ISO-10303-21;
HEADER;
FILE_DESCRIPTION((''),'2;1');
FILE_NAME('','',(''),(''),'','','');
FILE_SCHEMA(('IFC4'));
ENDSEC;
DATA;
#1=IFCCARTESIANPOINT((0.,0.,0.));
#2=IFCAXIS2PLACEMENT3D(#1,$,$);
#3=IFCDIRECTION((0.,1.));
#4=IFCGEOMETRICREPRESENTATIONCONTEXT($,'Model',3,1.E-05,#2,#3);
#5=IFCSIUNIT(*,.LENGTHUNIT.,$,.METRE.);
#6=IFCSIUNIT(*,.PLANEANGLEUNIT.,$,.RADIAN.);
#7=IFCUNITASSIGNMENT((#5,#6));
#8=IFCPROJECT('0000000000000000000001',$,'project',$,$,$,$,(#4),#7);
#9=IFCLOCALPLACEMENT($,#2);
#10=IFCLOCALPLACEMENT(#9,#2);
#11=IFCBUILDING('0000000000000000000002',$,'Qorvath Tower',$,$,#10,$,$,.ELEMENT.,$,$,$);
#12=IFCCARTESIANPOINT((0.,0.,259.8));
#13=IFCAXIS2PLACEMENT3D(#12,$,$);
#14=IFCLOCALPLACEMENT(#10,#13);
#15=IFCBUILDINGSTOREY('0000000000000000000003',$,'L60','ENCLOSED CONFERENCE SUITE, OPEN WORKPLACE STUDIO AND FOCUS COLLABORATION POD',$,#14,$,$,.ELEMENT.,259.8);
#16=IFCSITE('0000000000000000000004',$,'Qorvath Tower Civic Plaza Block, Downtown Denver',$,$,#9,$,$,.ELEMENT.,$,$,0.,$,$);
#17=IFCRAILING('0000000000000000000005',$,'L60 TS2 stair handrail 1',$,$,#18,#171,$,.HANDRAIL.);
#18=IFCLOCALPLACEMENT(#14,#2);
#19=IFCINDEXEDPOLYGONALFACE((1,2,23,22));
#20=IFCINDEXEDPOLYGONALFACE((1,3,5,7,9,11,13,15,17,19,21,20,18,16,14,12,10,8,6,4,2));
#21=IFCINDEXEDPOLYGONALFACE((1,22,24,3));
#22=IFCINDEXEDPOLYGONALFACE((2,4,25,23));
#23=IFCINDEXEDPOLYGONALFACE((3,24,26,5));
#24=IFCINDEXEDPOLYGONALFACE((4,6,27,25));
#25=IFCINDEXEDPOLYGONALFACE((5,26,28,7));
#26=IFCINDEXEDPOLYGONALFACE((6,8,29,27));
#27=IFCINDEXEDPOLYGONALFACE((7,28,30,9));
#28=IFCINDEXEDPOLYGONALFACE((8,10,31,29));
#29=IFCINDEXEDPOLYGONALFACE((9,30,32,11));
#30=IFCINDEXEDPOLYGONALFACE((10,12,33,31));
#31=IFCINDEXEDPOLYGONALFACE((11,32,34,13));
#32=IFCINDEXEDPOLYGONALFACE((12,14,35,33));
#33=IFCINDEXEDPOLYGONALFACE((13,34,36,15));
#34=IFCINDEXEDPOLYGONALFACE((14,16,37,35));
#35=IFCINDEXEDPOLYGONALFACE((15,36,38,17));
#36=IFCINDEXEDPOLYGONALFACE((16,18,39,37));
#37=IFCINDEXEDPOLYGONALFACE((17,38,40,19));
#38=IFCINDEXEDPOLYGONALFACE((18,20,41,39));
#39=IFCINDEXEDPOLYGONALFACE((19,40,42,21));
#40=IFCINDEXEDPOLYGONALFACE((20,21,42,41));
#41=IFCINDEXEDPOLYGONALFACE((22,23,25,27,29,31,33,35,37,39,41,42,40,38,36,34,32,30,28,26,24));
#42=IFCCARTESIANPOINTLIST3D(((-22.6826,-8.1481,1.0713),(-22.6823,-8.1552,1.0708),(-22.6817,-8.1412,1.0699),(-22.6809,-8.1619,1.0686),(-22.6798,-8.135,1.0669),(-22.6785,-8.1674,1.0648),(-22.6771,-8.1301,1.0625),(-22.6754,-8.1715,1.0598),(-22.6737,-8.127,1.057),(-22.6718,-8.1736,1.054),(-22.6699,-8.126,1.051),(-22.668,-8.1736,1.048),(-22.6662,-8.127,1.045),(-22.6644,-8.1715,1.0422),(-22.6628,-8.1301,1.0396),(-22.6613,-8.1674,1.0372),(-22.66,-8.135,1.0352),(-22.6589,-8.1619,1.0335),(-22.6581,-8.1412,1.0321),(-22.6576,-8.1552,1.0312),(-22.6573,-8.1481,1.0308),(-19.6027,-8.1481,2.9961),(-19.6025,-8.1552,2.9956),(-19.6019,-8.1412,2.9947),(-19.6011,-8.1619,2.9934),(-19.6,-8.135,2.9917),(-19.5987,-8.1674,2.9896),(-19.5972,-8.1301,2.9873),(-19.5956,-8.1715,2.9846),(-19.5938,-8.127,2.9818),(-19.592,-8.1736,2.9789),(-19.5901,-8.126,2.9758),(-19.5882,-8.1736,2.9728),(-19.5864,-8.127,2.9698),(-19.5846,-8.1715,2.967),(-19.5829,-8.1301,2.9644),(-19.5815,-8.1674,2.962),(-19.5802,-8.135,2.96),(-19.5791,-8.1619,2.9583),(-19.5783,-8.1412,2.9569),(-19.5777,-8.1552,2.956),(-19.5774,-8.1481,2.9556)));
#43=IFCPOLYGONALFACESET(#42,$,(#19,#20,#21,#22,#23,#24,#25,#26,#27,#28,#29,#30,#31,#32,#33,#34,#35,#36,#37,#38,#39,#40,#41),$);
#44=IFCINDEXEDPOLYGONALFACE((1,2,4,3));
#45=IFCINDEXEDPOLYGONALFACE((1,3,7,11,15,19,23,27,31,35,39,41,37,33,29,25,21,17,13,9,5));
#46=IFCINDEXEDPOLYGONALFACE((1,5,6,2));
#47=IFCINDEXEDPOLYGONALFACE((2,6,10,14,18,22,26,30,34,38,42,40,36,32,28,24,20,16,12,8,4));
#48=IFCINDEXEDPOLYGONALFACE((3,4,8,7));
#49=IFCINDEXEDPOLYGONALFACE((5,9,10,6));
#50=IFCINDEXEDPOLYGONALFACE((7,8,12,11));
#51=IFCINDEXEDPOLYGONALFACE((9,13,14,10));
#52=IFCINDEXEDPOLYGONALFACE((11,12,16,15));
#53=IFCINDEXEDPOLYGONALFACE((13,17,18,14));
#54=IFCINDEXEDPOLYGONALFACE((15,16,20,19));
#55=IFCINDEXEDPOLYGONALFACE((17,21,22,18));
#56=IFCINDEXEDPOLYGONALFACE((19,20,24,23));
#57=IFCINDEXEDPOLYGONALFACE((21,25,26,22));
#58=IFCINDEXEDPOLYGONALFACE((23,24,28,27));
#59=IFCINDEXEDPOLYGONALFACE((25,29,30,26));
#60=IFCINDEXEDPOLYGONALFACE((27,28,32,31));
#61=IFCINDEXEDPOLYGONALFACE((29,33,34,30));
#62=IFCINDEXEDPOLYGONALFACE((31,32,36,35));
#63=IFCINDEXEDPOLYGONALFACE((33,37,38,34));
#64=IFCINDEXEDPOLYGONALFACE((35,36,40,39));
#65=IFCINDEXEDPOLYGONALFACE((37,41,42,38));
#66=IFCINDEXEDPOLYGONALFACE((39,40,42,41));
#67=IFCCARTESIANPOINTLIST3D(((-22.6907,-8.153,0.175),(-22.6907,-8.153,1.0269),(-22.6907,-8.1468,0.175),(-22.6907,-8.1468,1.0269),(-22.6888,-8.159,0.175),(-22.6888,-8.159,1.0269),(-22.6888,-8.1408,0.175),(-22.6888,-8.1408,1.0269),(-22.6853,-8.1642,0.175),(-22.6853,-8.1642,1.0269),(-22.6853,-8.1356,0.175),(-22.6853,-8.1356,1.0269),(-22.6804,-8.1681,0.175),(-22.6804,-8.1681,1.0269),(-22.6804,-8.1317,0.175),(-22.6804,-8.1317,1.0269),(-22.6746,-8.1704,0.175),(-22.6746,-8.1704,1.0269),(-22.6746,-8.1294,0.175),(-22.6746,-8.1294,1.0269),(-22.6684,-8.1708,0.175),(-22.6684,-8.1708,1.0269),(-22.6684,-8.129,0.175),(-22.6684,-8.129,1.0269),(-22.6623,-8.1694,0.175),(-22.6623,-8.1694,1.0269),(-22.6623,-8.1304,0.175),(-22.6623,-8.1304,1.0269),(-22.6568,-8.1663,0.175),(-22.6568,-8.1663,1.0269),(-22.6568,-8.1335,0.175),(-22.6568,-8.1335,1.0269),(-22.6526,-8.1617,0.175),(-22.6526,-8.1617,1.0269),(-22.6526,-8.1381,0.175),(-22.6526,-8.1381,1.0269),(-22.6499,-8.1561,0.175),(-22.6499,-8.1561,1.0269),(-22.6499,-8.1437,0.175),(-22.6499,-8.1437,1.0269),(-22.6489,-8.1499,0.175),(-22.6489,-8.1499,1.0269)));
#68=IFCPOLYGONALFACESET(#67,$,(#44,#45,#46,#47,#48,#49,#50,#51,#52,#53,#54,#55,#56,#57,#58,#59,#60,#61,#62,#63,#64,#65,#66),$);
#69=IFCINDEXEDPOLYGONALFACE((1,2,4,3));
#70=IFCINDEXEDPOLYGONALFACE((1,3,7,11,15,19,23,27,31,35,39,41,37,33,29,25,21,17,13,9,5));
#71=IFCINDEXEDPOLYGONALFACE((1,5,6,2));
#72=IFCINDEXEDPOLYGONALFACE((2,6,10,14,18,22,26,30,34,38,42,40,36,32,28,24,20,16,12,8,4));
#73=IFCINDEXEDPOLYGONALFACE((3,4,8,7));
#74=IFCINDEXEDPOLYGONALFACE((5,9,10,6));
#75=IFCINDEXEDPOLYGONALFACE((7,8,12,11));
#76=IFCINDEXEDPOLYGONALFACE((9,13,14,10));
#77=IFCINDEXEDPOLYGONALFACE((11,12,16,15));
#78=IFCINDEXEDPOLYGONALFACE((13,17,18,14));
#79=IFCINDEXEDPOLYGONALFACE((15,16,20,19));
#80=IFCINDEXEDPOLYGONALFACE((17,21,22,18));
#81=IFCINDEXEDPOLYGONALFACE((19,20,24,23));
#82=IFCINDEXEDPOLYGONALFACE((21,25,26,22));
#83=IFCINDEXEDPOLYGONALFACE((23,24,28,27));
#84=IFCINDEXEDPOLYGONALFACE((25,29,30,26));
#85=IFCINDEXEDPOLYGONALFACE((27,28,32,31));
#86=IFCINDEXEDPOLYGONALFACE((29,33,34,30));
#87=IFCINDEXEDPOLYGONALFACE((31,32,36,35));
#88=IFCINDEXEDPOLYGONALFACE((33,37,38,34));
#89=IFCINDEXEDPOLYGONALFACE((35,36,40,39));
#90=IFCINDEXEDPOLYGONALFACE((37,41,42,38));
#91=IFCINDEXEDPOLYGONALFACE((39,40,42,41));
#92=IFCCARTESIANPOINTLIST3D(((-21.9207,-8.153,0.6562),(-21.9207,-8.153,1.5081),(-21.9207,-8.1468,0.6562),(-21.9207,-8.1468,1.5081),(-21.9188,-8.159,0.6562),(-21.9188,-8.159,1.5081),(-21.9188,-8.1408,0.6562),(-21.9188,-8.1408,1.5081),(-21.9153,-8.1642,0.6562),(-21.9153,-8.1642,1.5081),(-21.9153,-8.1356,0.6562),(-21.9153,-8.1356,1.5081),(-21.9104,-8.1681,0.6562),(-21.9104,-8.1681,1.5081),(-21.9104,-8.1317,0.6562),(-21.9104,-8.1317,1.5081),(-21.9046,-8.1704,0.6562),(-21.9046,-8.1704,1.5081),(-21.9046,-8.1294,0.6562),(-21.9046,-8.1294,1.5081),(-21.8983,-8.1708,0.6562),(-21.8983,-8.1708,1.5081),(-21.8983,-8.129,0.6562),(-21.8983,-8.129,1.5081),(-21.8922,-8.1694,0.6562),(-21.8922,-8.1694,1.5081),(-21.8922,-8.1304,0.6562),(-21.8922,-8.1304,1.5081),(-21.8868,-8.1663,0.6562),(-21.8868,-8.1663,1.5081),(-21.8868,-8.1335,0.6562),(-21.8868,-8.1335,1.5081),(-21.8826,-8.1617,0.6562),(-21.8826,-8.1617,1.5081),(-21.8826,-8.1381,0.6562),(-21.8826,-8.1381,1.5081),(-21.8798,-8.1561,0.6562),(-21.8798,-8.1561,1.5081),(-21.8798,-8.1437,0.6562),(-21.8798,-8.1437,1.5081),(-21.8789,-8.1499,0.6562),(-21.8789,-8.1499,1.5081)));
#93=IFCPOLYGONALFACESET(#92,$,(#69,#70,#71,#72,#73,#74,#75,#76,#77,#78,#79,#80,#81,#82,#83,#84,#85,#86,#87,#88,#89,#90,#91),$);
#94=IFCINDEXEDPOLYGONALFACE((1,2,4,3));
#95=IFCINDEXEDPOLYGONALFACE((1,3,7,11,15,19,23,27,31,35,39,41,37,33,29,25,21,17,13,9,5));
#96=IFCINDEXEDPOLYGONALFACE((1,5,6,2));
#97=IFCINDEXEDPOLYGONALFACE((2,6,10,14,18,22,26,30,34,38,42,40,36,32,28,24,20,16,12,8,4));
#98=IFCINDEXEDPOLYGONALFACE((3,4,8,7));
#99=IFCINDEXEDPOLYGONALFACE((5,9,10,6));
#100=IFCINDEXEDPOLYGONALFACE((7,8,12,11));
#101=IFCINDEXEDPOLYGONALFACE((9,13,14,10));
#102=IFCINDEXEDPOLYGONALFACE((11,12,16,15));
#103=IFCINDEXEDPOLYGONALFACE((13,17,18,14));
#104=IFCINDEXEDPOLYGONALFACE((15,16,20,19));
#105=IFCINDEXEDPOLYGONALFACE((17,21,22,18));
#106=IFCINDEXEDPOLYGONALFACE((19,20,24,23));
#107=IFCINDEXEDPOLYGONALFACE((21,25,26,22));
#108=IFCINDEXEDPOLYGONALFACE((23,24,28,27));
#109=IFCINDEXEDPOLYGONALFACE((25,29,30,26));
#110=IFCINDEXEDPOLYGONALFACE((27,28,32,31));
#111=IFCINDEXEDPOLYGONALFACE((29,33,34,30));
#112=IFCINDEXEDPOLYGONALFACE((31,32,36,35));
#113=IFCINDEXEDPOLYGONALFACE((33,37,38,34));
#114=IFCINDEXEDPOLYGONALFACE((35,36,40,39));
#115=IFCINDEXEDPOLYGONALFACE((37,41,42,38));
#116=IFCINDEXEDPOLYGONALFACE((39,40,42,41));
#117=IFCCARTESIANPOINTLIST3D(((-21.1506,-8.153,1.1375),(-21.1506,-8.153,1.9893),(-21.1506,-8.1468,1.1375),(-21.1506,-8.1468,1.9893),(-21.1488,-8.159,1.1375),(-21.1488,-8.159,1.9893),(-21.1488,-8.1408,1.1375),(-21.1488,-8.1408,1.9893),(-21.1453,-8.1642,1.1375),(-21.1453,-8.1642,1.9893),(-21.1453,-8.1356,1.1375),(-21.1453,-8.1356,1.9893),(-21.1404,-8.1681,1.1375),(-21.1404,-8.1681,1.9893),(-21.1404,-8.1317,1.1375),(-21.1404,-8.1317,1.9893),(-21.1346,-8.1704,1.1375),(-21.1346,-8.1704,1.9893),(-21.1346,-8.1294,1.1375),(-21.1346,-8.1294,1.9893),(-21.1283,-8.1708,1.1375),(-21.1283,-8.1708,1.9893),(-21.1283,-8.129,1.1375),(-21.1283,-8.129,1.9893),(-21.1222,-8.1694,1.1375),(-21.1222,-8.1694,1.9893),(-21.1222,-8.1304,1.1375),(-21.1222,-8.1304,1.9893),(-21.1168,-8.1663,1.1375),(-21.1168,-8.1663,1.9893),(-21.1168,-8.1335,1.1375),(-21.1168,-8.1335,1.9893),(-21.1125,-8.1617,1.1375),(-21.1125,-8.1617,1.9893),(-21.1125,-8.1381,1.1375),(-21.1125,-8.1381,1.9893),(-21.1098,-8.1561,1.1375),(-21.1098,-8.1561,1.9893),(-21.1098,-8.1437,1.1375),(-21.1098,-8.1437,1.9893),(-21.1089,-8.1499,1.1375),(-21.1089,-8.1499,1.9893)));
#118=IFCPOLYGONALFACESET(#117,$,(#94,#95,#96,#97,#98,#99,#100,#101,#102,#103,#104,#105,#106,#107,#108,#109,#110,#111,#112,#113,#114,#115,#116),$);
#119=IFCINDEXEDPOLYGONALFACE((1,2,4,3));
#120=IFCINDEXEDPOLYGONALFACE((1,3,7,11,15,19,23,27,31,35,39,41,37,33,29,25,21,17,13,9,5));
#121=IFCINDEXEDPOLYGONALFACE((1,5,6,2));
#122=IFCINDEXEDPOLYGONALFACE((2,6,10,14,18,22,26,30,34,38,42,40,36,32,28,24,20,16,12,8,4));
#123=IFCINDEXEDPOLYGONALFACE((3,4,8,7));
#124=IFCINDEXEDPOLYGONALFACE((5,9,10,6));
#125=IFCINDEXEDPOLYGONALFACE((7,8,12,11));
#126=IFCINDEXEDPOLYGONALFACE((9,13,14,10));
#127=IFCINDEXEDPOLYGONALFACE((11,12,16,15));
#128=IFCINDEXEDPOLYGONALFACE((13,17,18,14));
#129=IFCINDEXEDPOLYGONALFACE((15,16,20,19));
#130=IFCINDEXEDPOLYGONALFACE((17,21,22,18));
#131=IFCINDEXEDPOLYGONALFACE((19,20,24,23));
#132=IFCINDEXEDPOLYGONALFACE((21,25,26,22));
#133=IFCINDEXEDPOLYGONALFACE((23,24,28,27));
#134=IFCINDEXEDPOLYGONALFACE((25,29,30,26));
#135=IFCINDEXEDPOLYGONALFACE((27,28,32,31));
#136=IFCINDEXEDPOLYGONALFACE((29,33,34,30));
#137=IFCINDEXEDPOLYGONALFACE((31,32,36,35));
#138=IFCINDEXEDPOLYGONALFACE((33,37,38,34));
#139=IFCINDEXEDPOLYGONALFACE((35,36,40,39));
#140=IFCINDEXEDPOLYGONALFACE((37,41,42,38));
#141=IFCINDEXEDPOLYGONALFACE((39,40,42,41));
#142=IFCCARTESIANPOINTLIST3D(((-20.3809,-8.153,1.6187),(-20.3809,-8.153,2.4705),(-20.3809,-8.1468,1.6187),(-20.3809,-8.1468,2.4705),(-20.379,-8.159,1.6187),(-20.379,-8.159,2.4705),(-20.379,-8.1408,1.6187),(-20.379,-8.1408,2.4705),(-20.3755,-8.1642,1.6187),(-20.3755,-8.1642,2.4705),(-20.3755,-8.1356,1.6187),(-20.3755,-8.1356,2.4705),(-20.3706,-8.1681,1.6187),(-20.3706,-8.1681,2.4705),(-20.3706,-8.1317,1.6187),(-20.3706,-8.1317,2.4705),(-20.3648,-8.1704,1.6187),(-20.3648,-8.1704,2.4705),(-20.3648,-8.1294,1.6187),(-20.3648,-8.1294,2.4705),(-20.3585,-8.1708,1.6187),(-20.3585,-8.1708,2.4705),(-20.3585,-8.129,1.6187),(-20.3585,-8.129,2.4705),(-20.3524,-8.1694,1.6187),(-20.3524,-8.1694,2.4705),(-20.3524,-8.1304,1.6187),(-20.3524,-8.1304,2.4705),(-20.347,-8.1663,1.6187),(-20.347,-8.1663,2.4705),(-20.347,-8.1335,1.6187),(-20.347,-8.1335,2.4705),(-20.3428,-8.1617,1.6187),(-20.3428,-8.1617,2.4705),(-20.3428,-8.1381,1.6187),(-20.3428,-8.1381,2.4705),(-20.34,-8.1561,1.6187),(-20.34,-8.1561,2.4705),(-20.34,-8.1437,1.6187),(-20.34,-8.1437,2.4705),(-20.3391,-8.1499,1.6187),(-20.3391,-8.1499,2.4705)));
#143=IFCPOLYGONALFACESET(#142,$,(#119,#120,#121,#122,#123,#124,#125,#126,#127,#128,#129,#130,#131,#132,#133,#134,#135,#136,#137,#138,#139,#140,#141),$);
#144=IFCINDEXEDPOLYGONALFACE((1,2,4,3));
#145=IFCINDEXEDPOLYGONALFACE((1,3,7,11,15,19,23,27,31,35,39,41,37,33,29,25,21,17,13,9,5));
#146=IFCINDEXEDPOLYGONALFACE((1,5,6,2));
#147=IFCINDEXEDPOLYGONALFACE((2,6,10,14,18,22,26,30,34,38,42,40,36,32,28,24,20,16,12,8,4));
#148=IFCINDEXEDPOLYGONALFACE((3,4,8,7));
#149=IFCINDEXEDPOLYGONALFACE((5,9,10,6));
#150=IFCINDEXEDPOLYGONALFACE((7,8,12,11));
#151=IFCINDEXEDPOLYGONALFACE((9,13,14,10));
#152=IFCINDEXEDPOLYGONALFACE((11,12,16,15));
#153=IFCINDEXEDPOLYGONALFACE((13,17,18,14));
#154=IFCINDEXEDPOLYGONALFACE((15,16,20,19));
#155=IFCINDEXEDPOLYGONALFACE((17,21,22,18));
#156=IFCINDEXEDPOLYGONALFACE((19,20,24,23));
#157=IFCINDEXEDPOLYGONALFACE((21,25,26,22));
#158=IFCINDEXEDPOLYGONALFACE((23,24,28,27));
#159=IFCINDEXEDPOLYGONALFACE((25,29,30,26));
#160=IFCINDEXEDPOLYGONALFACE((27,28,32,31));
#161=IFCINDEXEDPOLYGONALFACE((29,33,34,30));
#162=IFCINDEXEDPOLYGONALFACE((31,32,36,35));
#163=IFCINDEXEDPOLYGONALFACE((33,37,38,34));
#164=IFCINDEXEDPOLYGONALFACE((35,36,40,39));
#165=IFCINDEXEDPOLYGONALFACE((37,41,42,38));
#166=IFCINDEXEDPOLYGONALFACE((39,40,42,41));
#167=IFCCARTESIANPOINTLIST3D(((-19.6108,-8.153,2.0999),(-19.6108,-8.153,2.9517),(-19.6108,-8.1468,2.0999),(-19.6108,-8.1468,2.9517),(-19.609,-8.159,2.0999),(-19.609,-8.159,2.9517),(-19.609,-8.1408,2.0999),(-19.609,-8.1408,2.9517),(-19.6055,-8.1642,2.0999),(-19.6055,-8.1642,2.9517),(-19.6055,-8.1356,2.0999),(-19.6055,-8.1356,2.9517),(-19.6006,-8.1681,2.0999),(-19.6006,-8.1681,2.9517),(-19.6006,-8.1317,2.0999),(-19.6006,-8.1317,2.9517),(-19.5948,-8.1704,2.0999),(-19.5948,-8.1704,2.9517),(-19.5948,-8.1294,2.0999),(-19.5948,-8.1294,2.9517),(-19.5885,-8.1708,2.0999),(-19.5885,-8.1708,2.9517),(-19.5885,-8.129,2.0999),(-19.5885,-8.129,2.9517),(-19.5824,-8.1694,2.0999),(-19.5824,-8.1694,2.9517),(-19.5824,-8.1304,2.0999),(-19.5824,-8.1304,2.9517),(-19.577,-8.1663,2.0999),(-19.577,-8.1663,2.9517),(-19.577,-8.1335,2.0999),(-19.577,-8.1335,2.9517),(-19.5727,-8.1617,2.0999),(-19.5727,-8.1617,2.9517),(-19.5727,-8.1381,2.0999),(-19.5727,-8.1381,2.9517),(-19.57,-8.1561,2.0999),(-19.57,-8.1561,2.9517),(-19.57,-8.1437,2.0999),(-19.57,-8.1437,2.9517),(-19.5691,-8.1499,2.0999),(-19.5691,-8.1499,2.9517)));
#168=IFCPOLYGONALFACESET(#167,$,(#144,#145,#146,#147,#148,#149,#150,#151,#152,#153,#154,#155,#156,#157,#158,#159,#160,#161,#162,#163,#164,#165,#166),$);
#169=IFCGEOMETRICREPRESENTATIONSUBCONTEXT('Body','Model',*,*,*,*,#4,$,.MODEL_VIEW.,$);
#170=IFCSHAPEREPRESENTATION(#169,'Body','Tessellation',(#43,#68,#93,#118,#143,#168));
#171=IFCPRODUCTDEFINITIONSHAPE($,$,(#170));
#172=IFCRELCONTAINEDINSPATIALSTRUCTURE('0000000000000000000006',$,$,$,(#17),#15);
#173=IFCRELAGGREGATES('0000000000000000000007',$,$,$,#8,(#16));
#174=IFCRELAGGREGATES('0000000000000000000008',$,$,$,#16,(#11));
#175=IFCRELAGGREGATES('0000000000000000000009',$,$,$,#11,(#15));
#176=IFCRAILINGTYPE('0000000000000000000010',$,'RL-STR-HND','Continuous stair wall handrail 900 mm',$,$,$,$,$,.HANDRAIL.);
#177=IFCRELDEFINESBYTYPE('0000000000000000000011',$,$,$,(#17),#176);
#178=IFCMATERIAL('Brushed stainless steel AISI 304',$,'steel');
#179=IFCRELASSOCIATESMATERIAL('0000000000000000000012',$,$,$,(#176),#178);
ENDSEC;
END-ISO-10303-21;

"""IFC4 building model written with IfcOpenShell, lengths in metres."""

from ifc_helpers import new_model, si_unit, direction, frame, origin, origin_2d, place, context, subcontext, project, spatial, circle, extrude, material, type_object, element, save


model = new_model("IFC4")

# Units and contexts
model_context = context("Model", 3, precision=1e-05, world=origin(), true_north=direction((0.0, 1.0)))
body_context = subcontext(model_context, "Body", "Model", "MODEL_VIEW")
ifc_project = project(units=[si_unit("LENGTHUNIT", "METRE"), si_unit("PLANEANGLEUNIT", "RADIAN")], contexts=[model_context])

# Site, building, storey
site_placement = place(None, origin())
site = spatial("IfcSite", under=ifc_project, at=site_placement, Name="Qorvath Tower Civic Plaza Block, Downtown Denver", CompositionType="ELEMENT", RefElevation=0.0)
building_placement = place(site_placement, origin())
building = spatial("IfcBuilding", under=site, at=building_placement, Name="Qorvath Tower", CompositionType="ELEMENT")
storey_placement = place(building_placement, frame((0.0, 0.0, 259.8)))
storey = spatial("IfcBuildingStorey", under=building, at=storey_placement, Name="L60", Description="ENCLOSED CONFERENCE SUITE, OPEN WORKPLACE STUDIO AND FOCUS COLLABORATION POD", CompositionType="ELEMENT", Elevation=259.8)

# Railing
ifc_material_1 = material(Name="Brushed stainless steel AISI 304", Category="steel")
railing_type_1 = type_object("IfcRailingType", Name="RL-STR-HND", Description="Continuous stair wall handrail 900 mm", PredefinedType="HANDRAIL", material=ifc_material_1)
railing_1_placement = place(storey_placement, frame((-22.6699, -8.1499, 0.175)))
element("IfcRailing", 1, at=railing_1_placement, inside=storey, type_object=railing_type_1, Name="L60 TS2 stair handrail 1", PredefinedType="HANDRAIL", context=body_context, shape_type="SweptSolid", body=[
    extrude(circle(Radius=0.0239, at=origin_2d()), frame((0.0, 0.0, 0.876), z_axis=(0.84801, 0.0, 0.529981), x_axis=(0.0, 1.0, 0.0)), (0.0, 0.0, 1.0), 3.6318),
    extrude(circle(Radius=0.021, at=origin_2d()), origin(), (0.0, 0.0, 1.0), 0.8518),
    extrude(circle(Radius=0.021, at=origin_2d()), frame((0.77, 0.0, 0.4812)), (0.0, 0.0, 1.0), 0.8518),
    extrude(circle(Radius=0.021, at=origin_2d()), frame((1.54, 0.0, 0.9624)), (0.0, 0.0, 1.0), 0.8518),
    extrude(circle(Radius=0.021, at=origin_2d()), frame((2.3098, 0.0, 1.4436)), (0.0, 0.0, 1.0), 0.8518),
    extrude(circle(Radius=0.021, at=origin_2d()), frame((3.0798, 0.0, 1.9248)), (0.0, 0.0, 1.0), 0.8518),
])

save(model, "model.ifc")
